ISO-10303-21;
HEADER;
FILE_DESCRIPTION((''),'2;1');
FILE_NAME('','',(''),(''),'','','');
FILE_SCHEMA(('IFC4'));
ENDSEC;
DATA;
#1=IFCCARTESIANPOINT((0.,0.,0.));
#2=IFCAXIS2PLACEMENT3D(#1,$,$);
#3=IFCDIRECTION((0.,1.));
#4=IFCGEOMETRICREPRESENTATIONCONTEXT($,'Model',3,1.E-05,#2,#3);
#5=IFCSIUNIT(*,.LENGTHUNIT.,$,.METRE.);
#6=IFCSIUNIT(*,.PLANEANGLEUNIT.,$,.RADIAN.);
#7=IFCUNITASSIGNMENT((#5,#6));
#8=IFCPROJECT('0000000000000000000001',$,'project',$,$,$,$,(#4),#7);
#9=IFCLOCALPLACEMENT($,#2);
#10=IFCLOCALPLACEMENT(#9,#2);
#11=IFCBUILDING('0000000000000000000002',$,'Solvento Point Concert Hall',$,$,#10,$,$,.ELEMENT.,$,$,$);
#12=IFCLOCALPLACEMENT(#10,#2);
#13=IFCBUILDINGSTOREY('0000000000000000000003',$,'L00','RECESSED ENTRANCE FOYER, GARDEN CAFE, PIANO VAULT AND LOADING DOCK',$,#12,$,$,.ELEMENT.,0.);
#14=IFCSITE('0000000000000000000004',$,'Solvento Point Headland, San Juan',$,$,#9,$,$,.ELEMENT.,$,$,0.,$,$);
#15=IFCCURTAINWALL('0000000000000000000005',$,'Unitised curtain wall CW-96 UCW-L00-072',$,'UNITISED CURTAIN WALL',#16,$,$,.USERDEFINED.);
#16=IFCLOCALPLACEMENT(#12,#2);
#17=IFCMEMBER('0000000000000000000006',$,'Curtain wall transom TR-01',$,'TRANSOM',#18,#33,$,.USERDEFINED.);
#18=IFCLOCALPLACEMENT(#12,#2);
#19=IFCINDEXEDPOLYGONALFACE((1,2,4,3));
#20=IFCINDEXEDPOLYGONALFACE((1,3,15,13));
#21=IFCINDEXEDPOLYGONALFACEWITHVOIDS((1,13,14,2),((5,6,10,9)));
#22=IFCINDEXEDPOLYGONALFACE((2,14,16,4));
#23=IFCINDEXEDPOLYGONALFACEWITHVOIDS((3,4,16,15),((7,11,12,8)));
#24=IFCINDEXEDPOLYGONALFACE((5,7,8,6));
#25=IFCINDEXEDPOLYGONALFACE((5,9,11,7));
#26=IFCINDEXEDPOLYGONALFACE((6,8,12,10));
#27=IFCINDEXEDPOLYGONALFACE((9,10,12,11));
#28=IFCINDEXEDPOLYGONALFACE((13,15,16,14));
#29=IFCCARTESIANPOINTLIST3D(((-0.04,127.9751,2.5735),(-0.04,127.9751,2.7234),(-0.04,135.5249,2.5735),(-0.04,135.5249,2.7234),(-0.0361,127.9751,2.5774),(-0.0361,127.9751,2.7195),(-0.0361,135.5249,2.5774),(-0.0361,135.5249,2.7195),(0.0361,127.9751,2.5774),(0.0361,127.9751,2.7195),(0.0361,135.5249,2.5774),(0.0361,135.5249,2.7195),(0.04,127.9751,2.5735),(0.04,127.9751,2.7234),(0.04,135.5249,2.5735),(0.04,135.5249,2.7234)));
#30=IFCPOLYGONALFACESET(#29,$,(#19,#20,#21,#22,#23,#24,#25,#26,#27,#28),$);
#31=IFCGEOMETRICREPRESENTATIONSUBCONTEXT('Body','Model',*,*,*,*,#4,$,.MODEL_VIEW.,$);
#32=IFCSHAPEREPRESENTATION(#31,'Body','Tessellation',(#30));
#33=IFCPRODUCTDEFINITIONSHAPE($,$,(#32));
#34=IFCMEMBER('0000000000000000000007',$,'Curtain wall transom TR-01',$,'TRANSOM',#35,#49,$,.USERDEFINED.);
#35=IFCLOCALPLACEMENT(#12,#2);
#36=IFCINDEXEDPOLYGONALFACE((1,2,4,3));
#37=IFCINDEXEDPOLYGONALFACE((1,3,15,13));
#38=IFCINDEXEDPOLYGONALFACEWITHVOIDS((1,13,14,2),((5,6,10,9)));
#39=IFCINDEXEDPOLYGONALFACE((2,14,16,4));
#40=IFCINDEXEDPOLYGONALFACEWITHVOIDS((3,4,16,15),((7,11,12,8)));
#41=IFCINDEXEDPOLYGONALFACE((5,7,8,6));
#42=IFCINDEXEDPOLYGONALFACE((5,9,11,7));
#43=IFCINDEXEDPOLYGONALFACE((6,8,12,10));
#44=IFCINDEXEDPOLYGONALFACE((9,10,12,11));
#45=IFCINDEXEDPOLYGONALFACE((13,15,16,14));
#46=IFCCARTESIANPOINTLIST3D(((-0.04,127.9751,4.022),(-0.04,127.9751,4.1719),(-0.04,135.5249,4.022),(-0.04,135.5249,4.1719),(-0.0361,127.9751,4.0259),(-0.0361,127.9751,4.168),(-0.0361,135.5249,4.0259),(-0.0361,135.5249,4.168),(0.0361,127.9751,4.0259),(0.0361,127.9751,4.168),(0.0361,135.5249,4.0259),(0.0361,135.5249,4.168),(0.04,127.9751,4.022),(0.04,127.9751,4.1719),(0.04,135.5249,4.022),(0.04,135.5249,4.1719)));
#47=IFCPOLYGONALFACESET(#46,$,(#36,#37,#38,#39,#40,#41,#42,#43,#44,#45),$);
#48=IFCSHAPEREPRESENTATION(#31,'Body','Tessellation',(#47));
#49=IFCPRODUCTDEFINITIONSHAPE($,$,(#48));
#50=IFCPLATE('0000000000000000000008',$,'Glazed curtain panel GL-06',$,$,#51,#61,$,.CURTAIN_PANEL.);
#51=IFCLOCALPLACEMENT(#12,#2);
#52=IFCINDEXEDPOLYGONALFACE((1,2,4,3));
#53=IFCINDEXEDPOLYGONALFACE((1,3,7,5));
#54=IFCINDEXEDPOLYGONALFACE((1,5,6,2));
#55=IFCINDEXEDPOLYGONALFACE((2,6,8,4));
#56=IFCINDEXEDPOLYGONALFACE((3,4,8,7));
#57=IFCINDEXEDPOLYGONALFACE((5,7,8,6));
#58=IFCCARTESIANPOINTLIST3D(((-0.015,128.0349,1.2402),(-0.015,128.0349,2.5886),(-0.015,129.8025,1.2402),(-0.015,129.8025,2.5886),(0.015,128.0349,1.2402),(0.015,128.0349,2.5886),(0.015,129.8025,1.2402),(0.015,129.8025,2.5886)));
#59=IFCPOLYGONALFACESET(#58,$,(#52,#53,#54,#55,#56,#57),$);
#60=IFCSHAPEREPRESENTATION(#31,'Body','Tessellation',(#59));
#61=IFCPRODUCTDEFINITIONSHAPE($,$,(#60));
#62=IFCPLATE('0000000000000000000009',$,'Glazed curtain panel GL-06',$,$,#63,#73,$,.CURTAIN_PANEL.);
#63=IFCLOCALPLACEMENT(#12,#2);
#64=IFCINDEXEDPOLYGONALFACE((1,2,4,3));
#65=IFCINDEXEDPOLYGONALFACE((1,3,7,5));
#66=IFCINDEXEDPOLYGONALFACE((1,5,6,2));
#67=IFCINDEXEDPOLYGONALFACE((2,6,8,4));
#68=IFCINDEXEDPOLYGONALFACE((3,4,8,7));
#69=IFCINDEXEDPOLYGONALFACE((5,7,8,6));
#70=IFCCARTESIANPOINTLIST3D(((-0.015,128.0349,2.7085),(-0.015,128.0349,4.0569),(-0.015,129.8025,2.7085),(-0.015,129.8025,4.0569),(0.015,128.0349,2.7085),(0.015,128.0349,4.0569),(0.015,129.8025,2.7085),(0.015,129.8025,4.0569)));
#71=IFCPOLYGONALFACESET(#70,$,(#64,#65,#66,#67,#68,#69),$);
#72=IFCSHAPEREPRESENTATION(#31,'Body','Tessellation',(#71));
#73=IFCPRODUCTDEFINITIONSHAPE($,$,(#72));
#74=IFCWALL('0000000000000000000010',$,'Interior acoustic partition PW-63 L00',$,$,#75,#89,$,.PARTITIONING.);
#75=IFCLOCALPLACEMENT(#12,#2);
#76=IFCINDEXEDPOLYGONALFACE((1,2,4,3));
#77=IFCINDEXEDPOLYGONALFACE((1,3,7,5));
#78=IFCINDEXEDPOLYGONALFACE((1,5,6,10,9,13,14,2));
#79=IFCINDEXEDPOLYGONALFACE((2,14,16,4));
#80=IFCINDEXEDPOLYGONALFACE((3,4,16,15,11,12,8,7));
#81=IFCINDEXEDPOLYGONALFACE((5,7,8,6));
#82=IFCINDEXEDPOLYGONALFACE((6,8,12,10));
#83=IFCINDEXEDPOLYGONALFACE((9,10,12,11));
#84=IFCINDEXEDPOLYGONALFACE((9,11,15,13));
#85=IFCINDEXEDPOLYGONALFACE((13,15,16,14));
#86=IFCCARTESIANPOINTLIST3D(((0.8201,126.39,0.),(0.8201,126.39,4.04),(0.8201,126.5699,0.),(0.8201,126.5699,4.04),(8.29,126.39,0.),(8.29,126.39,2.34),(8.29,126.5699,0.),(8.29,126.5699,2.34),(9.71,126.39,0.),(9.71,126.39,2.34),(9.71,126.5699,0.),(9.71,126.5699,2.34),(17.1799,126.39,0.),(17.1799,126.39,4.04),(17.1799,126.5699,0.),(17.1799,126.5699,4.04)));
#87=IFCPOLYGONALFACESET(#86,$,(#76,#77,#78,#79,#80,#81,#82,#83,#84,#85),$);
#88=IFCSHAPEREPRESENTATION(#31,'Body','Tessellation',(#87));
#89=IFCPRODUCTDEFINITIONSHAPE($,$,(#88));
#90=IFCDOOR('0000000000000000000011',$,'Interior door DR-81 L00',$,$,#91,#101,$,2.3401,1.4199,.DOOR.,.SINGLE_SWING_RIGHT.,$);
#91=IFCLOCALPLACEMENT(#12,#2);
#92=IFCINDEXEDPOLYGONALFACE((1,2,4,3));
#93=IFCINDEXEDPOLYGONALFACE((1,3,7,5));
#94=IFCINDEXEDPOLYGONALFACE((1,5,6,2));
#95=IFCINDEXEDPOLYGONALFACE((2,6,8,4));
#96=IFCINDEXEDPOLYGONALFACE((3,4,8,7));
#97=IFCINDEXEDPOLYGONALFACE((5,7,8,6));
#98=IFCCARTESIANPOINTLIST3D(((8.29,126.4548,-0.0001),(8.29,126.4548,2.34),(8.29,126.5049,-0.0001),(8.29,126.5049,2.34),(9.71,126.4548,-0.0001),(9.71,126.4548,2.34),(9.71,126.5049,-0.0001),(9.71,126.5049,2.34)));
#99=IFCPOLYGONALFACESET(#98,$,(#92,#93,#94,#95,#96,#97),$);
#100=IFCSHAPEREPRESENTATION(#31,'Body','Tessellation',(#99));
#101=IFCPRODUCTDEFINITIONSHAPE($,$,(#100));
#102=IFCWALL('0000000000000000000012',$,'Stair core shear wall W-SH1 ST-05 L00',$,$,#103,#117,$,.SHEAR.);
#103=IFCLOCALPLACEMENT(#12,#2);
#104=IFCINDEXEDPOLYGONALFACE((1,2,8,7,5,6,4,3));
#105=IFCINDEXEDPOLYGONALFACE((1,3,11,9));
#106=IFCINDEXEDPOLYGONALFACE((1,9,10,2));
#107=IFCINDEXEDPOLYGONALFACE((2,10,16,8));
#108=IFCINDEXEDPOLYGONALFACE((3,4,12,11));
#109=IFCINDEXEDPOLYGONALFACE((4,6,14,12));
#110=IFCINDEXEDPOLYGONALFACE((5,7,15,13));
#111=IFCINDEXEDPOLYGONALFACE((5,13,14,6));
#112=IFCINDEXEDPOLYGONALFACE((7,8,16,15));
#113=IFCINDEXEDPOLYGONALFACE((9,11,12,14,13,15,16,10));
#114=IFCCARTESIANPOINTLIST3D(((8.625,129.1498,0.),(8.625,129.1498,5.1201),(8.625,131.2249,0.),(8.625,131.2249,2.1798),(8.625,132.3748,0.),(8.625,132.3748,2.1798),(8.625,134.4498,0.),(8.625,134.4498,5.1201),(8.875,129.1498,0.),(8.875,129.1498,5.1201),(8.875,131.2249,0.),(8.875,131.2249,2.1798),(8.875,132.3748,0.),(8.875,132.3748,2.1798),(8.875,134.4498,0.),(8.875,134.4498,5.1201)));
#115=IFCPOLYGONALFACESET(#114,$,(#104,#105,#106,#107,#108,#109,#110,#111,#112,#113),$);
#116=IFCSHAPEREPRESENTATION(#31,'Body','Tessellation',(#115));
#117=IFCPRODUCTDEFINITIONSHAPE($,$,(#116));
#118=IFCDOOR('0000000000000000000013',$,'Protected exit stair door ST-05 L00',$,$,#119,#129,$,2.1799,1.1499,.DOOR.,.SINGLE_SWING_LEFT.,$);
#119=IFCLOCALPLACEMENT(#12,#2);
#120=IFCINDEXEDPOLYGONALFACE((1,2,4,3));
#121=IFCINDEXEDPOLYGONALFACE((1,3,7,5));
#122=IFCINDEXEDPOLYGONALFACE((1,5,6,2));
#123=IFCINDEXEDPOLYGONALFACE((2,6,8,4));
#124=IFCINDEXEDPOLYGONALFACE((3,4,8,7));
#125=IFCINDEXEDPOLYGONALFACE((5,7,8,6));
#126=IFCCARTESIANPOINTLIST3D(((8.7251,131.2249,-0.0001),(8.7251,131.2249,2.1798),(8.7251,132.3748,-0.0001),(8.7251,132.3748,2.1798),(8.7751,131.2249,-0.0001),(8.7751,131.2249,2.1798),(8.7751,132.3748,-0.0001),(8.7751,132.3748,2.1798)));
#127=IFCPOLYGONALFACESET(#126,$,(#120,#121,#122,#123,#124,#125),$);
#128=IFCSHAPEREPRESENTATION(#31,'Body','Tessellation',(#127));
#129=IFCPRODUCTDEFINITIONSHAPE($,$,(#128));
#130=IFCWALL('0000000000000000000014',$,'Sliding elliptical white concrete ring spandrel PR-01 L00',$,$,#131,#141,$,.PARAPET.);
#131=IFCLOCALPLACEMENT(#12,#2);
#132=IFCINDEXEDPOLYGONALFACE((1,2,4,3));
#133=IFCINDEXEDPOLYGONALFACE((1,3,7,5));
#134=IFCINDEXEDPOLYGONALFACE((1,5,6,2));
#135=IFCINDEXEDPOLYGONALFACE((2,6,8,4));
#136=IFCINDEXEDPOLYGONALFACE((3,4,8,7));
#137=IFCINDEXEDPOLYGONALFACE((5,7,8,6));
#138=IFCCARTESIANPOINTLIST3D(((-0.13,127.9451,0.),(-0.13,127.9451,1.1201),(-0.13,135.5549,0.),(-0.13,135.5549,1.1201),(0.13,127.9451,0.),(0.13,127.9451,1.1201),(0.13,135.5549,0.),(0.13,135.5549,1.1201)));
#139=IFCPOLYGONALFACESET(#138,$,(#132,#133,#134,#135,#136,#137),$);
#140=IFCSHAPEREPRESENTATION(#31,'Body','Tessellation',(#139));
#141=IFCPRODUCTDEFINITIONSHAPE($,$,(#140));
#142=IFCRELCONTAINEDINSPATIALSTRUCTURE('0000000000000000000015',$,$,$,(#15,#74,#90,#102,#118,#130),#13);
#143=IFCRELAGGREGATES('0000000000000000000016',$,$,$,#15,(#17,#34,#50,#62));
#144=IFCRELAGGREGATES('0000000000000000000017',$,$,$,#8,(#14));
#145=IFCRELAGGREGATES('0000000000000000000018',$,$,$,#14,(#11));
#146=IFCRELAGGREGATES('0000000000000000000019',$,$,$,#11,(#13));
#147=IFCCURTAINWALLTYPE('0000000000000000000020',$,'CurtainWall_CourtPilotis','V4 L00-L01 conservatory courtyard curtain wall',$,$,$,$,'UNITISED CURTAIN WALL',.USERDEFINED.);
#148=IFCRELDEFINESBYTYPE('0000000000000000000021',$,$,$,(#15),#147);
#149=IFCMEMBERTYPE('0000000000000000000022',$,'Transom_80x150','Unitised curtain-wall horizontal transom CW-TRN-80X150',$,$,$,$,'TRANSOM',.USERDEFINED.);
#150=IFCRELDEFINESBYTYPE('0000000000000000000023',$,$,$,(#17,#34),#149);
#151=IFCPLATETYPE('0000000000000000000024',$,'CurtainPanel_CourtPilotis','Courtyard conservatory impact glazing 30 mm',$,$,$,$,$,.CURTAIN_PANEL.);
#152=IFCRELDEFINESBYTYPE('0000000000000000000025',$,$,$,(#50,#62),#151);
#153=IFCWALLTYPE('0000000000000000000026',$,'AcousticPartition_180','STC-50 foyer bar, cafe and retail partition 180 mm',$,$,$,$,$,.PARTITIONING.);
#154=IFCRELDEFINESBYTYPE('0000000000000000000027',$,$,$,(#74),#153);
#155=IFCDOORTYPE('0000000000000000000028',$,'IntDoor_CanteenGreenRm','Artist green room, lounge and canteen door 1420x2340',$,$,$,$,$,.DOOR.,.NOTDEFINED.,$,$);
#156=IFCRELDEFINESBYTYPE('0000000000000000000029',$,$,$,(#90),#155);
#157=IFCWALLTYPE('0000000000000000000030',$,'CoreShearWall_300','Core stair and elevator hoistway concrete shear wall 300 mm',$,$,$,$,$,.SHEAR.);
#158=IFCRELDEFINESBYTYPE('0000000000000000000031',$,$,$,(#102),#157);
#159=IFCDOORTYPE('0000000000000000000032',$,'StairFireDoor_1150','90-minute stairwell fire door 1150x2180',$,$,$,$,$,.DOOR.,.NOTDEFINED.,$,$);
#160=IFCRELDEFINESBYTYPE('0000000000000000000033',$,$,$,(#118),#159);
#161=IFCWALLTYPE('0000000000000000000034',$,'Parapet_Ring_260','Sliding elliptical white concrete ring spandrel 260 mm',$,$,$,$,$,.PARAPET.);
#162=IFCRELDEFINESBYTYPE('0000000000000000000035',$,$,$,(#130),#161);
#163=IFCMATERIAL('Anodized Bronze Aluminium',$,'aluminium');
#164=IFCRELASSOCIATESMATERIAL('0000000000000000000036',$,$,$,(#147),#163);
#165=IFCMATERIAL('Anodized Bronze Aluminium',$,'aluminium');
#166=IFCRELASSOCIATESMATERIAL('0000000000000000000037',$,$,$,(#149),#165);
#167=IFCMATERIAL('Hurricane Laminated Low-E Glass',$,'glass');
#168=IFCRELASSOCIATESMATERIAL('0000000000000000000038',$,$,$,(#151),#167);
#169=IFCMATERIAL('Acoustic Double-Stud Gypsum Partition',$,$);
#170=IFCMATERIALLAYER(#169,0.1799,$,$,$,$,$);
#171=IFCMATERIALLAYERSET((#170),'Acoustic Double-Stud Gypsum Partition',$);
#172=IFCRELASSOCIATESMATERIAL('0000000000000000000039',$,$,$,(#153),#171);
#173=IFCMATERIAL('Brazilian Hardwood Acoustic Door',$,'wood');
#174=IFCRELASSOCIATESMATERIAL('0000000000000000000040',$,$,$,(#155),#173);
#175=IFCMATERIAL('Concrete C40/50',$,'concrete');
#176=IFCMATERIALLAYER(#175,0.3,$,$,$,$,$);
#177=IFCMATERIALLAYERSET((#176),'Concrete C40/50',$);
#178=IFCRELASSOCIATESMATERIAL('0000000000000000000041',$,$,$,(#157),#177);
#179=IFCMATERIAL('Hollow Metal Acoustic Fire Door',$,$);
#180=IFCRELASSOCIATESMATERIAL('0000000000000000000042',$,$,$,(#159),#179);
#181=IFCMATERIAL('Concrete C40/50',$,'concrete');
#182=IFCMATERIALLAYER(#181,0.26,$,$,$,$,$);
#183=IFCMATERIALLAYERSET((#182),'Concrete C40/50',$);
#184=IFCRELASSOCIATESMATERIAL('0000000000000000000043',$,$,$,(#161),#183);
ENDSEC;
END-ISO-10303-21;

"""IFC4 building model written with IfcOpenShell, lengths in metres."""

from ifc_helpers import new_model, si_unit, direction, frame, frame_2d, origin, origin_2d, place, context, subcontext, project, spatial, rectangle, hollow_rectangle, extrude, material, layer, layer_set, material_profile, profile_set, type_object, element, fill, aggregate, save


model = new_model("IFC4")

# Units and contexts
model_context = context("Model", 3, precision=1e-05, world=origin(), true_north=direction((0.0, 1.0)))
body_context = subcontext(model_context, "Body", "Model", "MODEL_VIEW")
ifc_project = project(units=[si_unit("LENGTHUNIT", "METRE"), si_unit("PLANEANGLEUNIT", "RADIAN")], contexts=[model_context])

# Site, building, storey
site_placement = place(None, origin())
site = spatial("IfcSite", under=ifc_project, at=site_placement, Name="Solvento Point Headland, San Juan", CompositionType="ELEMENT", RefElevation=0.0)
building_placement = place(site_placement, origin())
building = spatial("IfcBuilding", under=site, at=building_placement, Name="Solvento Point Concert Hall", CompositionType="ELEMENT")
storey_placement = place(building_placement, origin())
storey = spatial("IfcBuildingStorey", under=building, at=storey_placement, Name="L00", Description="RECESSED ENTRANCE FOYER, GARDEN CAFE, PIANO VAULT AND LOADING DOCK", CompositionType="ELEMENT", Elevation=0.0)

# Curtain wall, members, plates
ifc_material_1 = material(Name="Anodized Bronze Aluminium", Category="aluminium")
curtain_wall_type = type_object("IfcCurtainWallType", Name="CurtainWall_CourtPilotis", Description="V4 L00-L01 conservatory courtyard curtain wall", ElementType="UNITISED CURTAIN WALL", PredefinedType="USERDEFINED", material=ifc_material_1)
curtain_wall_placement = place(storey_placement, origin())
curtain_wall = element("IfcCurtainWall", 1, at=curtain_wall_placement, inside=storey, type_object=curtain_wall_type, Name="Unitised curtain wall CW-96 UCW-L00-072", ObjectType="UNITISED CURTAIN WALL", PredefinedType="USERDEFINED")
ifc_material_2 = material(Name="Anodized Bronze Aluminium", Category="aluminium")
ifc_material_profile_1 = material_profile(ifc_material_2, hollow_rectangle(XDim=0.0801, YDim=0.1499, WallThickness=0.0039, at=origin_2d()), Name="CW-TRN-80X150")
ifc_profile_set_1 = profile_set([ifc_material_profile_1], Name="Anodized Bronze Aluminium")
member_type_1 = type_object("IfcMemberType", Name="Transom_80x150", Description="Unitised curtain-wall horizontal transom CW-TRN-80X150", ElementType="TRANSOM", PredefinedType="USERDEFINED", material=ifc_profile_set_1)
member_1_placement = place(storey_placement, frame((0.0, 127.9751, 2.6484), z_axis=(0.0, 1.0, 0.0), x_axis=(-1.0, 0.0, 0.0)))
member_1 = element("IfcMember", 2, at=member_1_placement, type_object=member_type_1, Name="Curtain wall transom TR-01", ObjectType="TRANSOM", PredefinedType="USERDEFINED", context=body_context, shape_type="SweptSolid", body=[
    extrude(hollow_rectangle(XDim=0.0801, YDim=0.1499, WallThickness=0.0039, at=origin_2d()), origin(), (0.0, 0.0, 1.0), 7.5498),
])
member_2_placement = place(storey_placement, frame((0.0, 127.9751, 4.0969), z_axis=(0.0, 1.0, 0.0), x_axis=(-1.0, 0.0, 0.0)))
member_2 = element("IfcMember", 3, at=member_2_placement, type_object=member_type_1, Name="Curtain wall transom TR-01", ObjectType="TRANSOM", PredefinedType="USERDEFINED", context=body_context, shape_type="SweptSolid", body=[
    extrude(hollow_rectangle(XDim=0.0801, YDim=0.1499, WallThickness=0.0039, at=origin_2d()), origin(), (0.0, 0.0, 1.0), 7.5498),
])
ifc_material_3 = material(Name="Hurricane Laminated Low-E Glass", Category="glass")
plate_type = type_object("IfcPlateType", Name="CurtainPanel_CourtPilotis", Description="Courtyard conservatory impact glazing 30 mm", PredefinedType="CURTAIN_PANEL", material=ifc_material_3)
plate_1_placement = place(storey_placement, frame((0.0, 128.9187, 1.2402), z_axis=(0.0, 0.0, 1.0), x_axis=(0.0, 1.0, 0.0)))
plate_1 = element("IfcPlate", 4, at=plate_1_placement, type_object=plate_type, Name="Glazed curtain panel GL-06", PredefinedType="CURTAIN_PANEL", context=body_context, shape_type="SweptSolid", body=[
    extrude(rectangle(XDim=1.7676, YDim=0.03, at=origin_2d()), origin(), (0.0, 0.0, 1.0), 1.3484),
])
plate_2_placement = place(storey_placement, frame((0.0, 128.9187, 2.7085), z_axis=(0.0, 0.0, 1.0), x_axis=(0.0, 1.0, 0.0)))
plate_2 = element("IfcPlate", 5, at=plate_2_placement, type_object=plate_type, Name="Glazed curtain panel GL-06", PredefinedType="CURTAIN_PANEL", context=body_context, shape_type="SweptSolid", body=[
    extrude(rectangle(XDim=1.7676, YDim=0.03, at=origin_2d()), origin(), (0.0, 0.0, 1.0), 1.3484),
])
aggregate(curtain_wall, [member_1, member_2, plate_1, plate_2])

# Walls, openings, doors
ifc_material_4 = material(Name="Acoustic Double-Stud Gypsum Partition")
ifc_layer_1 = layer(ifc_material_4, 0.1799)
ifc_layer_set_1 = layer_set([ifc_layer_1], Name="Acoustic Double-Stud Gypsum Partition")
wall_type_1 = type_object("IfcWallType", Name="AcousticPartition_180", Description="STC-50 foyer bar, cafe and retail partition 180 mm", PredefinedType="PARTITIONING", material=ifc_layer_set_1)
wall_1_placement = place(storey_placement, frame((0.8201, 126.48, 0.0), z_axis=(0.0, 0.0, 1.0), x_axis=(1.0, 0.0, 0.0)))
wall_1 = element("IfcWall", 6, at=wall_1_placement, inside=storey, type_object=wall_type_1, Name="Interior acoustic partition PW-63 L00", PredefinedType="PARTITIONING", context=body_context, shape_type="SweptSolid", body=[
    extrude(rectangle(XDim=16.3599, YDim=0.1799, at=frame_2d((8.1799, 0.0))), origin(), (0.0, 0.0, 1.0), 4.04),
])
opening_1_placement = place(wall_1_placement, frame((7.47, 0.0, 0.0)))
opening_1 = element("IfcOpeningElement", 7, at=opening_1_placement, cuts=wall_1, PredefinedType="OPENING", context=body_context, shape_type="SweptSolid", body=[
    extrude(rectangle(XDim=1.4199, YDim=2.3401, at=frame_2d((0.71, 1.1699))), frame((0.0, 0.0999, 0.0), z_axis=(0.0, -1.0, 0.0), x_axis=(1.0, 0.0, 0.0)), (0.0, 0.0, 1.0), 0.2),
])
ifc_material_5 = material(Name="Brazilian Hardwood Acoustic Door", Category="wood")
door_type_1 = type_object("IfcDoorType", Name="IntDoor_CanteenGreenRm", Description="Artist green room, lounge and canteen door 1420x2340", OperationType="NOTDEFINED", PredefinedType="DOOR", material=ifc_material_5)
door_1_placement = place(opening_1_placement, origin())
door_1 = element("IfcDoor", 8, at=door_1_placement, inside=storey, type_object=door_type_1, Name="Interior door DR-81 L00", OperationType="SINGLE_SWING_RIGHT", OverallHeight=2.3401, OverallWidth=1.4199, PredefinedType="DOOR", context=body_context, shape_type="SweptSolid", body=[
    extrude(rectangle(XDim=1.4199, YDim=2.3401, at=frame_2d((0.71, 1.1699))), frame((0.0, 0.0249, 0.0), z_axis=(0.0, -1.0, 0.0), x_axis=(1.0, 0.0, 0.0)), (0.0, 0.0, 1.0), 0.05),
])
fill(opening_1, door_1)
ifc_material_6 = material(Name="Concrete C40/50", Category="concrete")
ifc_layer_2 = layer(ifc_material_6, 0.3)
ifc_layer_set_2 = layer_set([ifc_layer_2], Name="Concrete C40/50")
wall_type_2 = type_object("IfcWallType", Name="CoreShearWall_300", Description="Core stair and elevator hoistway concrete shear wall 300 mm", PredefinedType="SHEAR", material=ifc_layer_set_2)
wall_2_placement = place(storey_placement, frame((8.75, 129.1499, 0.0), z_axis=(0.0, 0.0, 1.0), x_axis=(0.0, 1.0, 0.0)))
wall_2 = element("IfcWall", 9, at=wall_2_placement, inside=storey, type_object=wall_type_2, Name="Stair core shear wall W-SH1 ST-05 L00", PredefinedType="SHEAR", context=body_context, shape_type="SweptSolid", body=[
    extrude(rectangle(XDim=5.3, YDim=0.25, at=frame_2d((2.6499, 0.0))), origin(), (0.0, 0.0, 1.0), 5.1201),
])
opening_2_placement = place(wall_2_placement, frame((2.075, 0.0, 0.0)))
opening_2 = element("IfcOpeningElement", 10, at=opening_2_placement, cuts=wall_2, PredefinedType="OPENING", context=body_context, shape_type="SweptSolid", body=[
    extrude(rectangle(XDim=1.1499, YDim=2.1799, at=frame_2d((0.575, 1.0898))), frame((0.0, 0.135, 0.0), z_axis=(0.0, -1.0, 0.0), x_axis=(1.0, 0.0, 0.0)), (0.0, 0.0, 1.0), 0.27),
])
ifc_material_7 = material(Name="Hollow Metal Acoustic Fire Door")
door_type_2 = type_object("IfcDoorType", Name="StairFireDoor_1150", Description="90-minute stairwell fire door 1150x2180", OperationType="NOTDEFINED", PredefinedType="DOOR", material=ifc_material_7)
door_2_placement = place(opening_2_placement, origin())
door_2 = element("IfcDoor", 11, at=door_2_placement, inside=storey, type_object=door_type_2, Name="Protected exit stair door ST-05 L00", OperationType="SINGLE_SWING_LEFT", OverallHeight=2.1799, OverallWidth=1.1499, PredefinedType="DOOR", context=body_context, shape_type="SweptSolid", body=[
    extrude(rectangle(XDim=1.1499, YDim=2.1799, at=frame_2d((0.575, 1.0898))), frame((0.0, 0.0249, 0.0), z_axis=(0.0, -1.0, 0.0), x_axis=(1.0, 0.0, 0.0)), (0.0, 0.0, 1.0), 0.05),
])
fill(opening_2, door_2)

# Wall
ifc_material_8 = material(Name="Concrete C40/50", Category="concrete")
ifc_layer_3 = layer(ifc_material_8, 0.26)
ifc_layer_set_3 = layer_set([ifc_layer_3], Name="Concrete C40/50")
wall_type_3 = type_object("IfcWallType", Name="Parapet_Ring_260", Description="Sliding elliptical white concrete ring spandrel 260 mm", PredefinedType="PARAPET", material=ifc_layer_set_3)
wall_3_placement = place(storey_placement, frame((0.0, 127.9451, 0.0), z_axis=(0.0, 0.0, 1.0), x_axis=(0.0, 1.0, 0.0)))
element("IfcWall", 12, at=wall_3_placement, inside=storey, type_object=wall_type_3, Name="Sliding elliptical white concrete ring spandrel PR-01 L00", PredefinedType="PARAPET", context=body_context, shape_type="SweptSolid", body=[
    extrude(rectangle(XDim=7.6099, YDim=0.26, at=frame_2d((3.8049, 0.0))), origin(), (0.0, 0.0, 1.0), 1.1201),
])

save(model, "model.ifc")
